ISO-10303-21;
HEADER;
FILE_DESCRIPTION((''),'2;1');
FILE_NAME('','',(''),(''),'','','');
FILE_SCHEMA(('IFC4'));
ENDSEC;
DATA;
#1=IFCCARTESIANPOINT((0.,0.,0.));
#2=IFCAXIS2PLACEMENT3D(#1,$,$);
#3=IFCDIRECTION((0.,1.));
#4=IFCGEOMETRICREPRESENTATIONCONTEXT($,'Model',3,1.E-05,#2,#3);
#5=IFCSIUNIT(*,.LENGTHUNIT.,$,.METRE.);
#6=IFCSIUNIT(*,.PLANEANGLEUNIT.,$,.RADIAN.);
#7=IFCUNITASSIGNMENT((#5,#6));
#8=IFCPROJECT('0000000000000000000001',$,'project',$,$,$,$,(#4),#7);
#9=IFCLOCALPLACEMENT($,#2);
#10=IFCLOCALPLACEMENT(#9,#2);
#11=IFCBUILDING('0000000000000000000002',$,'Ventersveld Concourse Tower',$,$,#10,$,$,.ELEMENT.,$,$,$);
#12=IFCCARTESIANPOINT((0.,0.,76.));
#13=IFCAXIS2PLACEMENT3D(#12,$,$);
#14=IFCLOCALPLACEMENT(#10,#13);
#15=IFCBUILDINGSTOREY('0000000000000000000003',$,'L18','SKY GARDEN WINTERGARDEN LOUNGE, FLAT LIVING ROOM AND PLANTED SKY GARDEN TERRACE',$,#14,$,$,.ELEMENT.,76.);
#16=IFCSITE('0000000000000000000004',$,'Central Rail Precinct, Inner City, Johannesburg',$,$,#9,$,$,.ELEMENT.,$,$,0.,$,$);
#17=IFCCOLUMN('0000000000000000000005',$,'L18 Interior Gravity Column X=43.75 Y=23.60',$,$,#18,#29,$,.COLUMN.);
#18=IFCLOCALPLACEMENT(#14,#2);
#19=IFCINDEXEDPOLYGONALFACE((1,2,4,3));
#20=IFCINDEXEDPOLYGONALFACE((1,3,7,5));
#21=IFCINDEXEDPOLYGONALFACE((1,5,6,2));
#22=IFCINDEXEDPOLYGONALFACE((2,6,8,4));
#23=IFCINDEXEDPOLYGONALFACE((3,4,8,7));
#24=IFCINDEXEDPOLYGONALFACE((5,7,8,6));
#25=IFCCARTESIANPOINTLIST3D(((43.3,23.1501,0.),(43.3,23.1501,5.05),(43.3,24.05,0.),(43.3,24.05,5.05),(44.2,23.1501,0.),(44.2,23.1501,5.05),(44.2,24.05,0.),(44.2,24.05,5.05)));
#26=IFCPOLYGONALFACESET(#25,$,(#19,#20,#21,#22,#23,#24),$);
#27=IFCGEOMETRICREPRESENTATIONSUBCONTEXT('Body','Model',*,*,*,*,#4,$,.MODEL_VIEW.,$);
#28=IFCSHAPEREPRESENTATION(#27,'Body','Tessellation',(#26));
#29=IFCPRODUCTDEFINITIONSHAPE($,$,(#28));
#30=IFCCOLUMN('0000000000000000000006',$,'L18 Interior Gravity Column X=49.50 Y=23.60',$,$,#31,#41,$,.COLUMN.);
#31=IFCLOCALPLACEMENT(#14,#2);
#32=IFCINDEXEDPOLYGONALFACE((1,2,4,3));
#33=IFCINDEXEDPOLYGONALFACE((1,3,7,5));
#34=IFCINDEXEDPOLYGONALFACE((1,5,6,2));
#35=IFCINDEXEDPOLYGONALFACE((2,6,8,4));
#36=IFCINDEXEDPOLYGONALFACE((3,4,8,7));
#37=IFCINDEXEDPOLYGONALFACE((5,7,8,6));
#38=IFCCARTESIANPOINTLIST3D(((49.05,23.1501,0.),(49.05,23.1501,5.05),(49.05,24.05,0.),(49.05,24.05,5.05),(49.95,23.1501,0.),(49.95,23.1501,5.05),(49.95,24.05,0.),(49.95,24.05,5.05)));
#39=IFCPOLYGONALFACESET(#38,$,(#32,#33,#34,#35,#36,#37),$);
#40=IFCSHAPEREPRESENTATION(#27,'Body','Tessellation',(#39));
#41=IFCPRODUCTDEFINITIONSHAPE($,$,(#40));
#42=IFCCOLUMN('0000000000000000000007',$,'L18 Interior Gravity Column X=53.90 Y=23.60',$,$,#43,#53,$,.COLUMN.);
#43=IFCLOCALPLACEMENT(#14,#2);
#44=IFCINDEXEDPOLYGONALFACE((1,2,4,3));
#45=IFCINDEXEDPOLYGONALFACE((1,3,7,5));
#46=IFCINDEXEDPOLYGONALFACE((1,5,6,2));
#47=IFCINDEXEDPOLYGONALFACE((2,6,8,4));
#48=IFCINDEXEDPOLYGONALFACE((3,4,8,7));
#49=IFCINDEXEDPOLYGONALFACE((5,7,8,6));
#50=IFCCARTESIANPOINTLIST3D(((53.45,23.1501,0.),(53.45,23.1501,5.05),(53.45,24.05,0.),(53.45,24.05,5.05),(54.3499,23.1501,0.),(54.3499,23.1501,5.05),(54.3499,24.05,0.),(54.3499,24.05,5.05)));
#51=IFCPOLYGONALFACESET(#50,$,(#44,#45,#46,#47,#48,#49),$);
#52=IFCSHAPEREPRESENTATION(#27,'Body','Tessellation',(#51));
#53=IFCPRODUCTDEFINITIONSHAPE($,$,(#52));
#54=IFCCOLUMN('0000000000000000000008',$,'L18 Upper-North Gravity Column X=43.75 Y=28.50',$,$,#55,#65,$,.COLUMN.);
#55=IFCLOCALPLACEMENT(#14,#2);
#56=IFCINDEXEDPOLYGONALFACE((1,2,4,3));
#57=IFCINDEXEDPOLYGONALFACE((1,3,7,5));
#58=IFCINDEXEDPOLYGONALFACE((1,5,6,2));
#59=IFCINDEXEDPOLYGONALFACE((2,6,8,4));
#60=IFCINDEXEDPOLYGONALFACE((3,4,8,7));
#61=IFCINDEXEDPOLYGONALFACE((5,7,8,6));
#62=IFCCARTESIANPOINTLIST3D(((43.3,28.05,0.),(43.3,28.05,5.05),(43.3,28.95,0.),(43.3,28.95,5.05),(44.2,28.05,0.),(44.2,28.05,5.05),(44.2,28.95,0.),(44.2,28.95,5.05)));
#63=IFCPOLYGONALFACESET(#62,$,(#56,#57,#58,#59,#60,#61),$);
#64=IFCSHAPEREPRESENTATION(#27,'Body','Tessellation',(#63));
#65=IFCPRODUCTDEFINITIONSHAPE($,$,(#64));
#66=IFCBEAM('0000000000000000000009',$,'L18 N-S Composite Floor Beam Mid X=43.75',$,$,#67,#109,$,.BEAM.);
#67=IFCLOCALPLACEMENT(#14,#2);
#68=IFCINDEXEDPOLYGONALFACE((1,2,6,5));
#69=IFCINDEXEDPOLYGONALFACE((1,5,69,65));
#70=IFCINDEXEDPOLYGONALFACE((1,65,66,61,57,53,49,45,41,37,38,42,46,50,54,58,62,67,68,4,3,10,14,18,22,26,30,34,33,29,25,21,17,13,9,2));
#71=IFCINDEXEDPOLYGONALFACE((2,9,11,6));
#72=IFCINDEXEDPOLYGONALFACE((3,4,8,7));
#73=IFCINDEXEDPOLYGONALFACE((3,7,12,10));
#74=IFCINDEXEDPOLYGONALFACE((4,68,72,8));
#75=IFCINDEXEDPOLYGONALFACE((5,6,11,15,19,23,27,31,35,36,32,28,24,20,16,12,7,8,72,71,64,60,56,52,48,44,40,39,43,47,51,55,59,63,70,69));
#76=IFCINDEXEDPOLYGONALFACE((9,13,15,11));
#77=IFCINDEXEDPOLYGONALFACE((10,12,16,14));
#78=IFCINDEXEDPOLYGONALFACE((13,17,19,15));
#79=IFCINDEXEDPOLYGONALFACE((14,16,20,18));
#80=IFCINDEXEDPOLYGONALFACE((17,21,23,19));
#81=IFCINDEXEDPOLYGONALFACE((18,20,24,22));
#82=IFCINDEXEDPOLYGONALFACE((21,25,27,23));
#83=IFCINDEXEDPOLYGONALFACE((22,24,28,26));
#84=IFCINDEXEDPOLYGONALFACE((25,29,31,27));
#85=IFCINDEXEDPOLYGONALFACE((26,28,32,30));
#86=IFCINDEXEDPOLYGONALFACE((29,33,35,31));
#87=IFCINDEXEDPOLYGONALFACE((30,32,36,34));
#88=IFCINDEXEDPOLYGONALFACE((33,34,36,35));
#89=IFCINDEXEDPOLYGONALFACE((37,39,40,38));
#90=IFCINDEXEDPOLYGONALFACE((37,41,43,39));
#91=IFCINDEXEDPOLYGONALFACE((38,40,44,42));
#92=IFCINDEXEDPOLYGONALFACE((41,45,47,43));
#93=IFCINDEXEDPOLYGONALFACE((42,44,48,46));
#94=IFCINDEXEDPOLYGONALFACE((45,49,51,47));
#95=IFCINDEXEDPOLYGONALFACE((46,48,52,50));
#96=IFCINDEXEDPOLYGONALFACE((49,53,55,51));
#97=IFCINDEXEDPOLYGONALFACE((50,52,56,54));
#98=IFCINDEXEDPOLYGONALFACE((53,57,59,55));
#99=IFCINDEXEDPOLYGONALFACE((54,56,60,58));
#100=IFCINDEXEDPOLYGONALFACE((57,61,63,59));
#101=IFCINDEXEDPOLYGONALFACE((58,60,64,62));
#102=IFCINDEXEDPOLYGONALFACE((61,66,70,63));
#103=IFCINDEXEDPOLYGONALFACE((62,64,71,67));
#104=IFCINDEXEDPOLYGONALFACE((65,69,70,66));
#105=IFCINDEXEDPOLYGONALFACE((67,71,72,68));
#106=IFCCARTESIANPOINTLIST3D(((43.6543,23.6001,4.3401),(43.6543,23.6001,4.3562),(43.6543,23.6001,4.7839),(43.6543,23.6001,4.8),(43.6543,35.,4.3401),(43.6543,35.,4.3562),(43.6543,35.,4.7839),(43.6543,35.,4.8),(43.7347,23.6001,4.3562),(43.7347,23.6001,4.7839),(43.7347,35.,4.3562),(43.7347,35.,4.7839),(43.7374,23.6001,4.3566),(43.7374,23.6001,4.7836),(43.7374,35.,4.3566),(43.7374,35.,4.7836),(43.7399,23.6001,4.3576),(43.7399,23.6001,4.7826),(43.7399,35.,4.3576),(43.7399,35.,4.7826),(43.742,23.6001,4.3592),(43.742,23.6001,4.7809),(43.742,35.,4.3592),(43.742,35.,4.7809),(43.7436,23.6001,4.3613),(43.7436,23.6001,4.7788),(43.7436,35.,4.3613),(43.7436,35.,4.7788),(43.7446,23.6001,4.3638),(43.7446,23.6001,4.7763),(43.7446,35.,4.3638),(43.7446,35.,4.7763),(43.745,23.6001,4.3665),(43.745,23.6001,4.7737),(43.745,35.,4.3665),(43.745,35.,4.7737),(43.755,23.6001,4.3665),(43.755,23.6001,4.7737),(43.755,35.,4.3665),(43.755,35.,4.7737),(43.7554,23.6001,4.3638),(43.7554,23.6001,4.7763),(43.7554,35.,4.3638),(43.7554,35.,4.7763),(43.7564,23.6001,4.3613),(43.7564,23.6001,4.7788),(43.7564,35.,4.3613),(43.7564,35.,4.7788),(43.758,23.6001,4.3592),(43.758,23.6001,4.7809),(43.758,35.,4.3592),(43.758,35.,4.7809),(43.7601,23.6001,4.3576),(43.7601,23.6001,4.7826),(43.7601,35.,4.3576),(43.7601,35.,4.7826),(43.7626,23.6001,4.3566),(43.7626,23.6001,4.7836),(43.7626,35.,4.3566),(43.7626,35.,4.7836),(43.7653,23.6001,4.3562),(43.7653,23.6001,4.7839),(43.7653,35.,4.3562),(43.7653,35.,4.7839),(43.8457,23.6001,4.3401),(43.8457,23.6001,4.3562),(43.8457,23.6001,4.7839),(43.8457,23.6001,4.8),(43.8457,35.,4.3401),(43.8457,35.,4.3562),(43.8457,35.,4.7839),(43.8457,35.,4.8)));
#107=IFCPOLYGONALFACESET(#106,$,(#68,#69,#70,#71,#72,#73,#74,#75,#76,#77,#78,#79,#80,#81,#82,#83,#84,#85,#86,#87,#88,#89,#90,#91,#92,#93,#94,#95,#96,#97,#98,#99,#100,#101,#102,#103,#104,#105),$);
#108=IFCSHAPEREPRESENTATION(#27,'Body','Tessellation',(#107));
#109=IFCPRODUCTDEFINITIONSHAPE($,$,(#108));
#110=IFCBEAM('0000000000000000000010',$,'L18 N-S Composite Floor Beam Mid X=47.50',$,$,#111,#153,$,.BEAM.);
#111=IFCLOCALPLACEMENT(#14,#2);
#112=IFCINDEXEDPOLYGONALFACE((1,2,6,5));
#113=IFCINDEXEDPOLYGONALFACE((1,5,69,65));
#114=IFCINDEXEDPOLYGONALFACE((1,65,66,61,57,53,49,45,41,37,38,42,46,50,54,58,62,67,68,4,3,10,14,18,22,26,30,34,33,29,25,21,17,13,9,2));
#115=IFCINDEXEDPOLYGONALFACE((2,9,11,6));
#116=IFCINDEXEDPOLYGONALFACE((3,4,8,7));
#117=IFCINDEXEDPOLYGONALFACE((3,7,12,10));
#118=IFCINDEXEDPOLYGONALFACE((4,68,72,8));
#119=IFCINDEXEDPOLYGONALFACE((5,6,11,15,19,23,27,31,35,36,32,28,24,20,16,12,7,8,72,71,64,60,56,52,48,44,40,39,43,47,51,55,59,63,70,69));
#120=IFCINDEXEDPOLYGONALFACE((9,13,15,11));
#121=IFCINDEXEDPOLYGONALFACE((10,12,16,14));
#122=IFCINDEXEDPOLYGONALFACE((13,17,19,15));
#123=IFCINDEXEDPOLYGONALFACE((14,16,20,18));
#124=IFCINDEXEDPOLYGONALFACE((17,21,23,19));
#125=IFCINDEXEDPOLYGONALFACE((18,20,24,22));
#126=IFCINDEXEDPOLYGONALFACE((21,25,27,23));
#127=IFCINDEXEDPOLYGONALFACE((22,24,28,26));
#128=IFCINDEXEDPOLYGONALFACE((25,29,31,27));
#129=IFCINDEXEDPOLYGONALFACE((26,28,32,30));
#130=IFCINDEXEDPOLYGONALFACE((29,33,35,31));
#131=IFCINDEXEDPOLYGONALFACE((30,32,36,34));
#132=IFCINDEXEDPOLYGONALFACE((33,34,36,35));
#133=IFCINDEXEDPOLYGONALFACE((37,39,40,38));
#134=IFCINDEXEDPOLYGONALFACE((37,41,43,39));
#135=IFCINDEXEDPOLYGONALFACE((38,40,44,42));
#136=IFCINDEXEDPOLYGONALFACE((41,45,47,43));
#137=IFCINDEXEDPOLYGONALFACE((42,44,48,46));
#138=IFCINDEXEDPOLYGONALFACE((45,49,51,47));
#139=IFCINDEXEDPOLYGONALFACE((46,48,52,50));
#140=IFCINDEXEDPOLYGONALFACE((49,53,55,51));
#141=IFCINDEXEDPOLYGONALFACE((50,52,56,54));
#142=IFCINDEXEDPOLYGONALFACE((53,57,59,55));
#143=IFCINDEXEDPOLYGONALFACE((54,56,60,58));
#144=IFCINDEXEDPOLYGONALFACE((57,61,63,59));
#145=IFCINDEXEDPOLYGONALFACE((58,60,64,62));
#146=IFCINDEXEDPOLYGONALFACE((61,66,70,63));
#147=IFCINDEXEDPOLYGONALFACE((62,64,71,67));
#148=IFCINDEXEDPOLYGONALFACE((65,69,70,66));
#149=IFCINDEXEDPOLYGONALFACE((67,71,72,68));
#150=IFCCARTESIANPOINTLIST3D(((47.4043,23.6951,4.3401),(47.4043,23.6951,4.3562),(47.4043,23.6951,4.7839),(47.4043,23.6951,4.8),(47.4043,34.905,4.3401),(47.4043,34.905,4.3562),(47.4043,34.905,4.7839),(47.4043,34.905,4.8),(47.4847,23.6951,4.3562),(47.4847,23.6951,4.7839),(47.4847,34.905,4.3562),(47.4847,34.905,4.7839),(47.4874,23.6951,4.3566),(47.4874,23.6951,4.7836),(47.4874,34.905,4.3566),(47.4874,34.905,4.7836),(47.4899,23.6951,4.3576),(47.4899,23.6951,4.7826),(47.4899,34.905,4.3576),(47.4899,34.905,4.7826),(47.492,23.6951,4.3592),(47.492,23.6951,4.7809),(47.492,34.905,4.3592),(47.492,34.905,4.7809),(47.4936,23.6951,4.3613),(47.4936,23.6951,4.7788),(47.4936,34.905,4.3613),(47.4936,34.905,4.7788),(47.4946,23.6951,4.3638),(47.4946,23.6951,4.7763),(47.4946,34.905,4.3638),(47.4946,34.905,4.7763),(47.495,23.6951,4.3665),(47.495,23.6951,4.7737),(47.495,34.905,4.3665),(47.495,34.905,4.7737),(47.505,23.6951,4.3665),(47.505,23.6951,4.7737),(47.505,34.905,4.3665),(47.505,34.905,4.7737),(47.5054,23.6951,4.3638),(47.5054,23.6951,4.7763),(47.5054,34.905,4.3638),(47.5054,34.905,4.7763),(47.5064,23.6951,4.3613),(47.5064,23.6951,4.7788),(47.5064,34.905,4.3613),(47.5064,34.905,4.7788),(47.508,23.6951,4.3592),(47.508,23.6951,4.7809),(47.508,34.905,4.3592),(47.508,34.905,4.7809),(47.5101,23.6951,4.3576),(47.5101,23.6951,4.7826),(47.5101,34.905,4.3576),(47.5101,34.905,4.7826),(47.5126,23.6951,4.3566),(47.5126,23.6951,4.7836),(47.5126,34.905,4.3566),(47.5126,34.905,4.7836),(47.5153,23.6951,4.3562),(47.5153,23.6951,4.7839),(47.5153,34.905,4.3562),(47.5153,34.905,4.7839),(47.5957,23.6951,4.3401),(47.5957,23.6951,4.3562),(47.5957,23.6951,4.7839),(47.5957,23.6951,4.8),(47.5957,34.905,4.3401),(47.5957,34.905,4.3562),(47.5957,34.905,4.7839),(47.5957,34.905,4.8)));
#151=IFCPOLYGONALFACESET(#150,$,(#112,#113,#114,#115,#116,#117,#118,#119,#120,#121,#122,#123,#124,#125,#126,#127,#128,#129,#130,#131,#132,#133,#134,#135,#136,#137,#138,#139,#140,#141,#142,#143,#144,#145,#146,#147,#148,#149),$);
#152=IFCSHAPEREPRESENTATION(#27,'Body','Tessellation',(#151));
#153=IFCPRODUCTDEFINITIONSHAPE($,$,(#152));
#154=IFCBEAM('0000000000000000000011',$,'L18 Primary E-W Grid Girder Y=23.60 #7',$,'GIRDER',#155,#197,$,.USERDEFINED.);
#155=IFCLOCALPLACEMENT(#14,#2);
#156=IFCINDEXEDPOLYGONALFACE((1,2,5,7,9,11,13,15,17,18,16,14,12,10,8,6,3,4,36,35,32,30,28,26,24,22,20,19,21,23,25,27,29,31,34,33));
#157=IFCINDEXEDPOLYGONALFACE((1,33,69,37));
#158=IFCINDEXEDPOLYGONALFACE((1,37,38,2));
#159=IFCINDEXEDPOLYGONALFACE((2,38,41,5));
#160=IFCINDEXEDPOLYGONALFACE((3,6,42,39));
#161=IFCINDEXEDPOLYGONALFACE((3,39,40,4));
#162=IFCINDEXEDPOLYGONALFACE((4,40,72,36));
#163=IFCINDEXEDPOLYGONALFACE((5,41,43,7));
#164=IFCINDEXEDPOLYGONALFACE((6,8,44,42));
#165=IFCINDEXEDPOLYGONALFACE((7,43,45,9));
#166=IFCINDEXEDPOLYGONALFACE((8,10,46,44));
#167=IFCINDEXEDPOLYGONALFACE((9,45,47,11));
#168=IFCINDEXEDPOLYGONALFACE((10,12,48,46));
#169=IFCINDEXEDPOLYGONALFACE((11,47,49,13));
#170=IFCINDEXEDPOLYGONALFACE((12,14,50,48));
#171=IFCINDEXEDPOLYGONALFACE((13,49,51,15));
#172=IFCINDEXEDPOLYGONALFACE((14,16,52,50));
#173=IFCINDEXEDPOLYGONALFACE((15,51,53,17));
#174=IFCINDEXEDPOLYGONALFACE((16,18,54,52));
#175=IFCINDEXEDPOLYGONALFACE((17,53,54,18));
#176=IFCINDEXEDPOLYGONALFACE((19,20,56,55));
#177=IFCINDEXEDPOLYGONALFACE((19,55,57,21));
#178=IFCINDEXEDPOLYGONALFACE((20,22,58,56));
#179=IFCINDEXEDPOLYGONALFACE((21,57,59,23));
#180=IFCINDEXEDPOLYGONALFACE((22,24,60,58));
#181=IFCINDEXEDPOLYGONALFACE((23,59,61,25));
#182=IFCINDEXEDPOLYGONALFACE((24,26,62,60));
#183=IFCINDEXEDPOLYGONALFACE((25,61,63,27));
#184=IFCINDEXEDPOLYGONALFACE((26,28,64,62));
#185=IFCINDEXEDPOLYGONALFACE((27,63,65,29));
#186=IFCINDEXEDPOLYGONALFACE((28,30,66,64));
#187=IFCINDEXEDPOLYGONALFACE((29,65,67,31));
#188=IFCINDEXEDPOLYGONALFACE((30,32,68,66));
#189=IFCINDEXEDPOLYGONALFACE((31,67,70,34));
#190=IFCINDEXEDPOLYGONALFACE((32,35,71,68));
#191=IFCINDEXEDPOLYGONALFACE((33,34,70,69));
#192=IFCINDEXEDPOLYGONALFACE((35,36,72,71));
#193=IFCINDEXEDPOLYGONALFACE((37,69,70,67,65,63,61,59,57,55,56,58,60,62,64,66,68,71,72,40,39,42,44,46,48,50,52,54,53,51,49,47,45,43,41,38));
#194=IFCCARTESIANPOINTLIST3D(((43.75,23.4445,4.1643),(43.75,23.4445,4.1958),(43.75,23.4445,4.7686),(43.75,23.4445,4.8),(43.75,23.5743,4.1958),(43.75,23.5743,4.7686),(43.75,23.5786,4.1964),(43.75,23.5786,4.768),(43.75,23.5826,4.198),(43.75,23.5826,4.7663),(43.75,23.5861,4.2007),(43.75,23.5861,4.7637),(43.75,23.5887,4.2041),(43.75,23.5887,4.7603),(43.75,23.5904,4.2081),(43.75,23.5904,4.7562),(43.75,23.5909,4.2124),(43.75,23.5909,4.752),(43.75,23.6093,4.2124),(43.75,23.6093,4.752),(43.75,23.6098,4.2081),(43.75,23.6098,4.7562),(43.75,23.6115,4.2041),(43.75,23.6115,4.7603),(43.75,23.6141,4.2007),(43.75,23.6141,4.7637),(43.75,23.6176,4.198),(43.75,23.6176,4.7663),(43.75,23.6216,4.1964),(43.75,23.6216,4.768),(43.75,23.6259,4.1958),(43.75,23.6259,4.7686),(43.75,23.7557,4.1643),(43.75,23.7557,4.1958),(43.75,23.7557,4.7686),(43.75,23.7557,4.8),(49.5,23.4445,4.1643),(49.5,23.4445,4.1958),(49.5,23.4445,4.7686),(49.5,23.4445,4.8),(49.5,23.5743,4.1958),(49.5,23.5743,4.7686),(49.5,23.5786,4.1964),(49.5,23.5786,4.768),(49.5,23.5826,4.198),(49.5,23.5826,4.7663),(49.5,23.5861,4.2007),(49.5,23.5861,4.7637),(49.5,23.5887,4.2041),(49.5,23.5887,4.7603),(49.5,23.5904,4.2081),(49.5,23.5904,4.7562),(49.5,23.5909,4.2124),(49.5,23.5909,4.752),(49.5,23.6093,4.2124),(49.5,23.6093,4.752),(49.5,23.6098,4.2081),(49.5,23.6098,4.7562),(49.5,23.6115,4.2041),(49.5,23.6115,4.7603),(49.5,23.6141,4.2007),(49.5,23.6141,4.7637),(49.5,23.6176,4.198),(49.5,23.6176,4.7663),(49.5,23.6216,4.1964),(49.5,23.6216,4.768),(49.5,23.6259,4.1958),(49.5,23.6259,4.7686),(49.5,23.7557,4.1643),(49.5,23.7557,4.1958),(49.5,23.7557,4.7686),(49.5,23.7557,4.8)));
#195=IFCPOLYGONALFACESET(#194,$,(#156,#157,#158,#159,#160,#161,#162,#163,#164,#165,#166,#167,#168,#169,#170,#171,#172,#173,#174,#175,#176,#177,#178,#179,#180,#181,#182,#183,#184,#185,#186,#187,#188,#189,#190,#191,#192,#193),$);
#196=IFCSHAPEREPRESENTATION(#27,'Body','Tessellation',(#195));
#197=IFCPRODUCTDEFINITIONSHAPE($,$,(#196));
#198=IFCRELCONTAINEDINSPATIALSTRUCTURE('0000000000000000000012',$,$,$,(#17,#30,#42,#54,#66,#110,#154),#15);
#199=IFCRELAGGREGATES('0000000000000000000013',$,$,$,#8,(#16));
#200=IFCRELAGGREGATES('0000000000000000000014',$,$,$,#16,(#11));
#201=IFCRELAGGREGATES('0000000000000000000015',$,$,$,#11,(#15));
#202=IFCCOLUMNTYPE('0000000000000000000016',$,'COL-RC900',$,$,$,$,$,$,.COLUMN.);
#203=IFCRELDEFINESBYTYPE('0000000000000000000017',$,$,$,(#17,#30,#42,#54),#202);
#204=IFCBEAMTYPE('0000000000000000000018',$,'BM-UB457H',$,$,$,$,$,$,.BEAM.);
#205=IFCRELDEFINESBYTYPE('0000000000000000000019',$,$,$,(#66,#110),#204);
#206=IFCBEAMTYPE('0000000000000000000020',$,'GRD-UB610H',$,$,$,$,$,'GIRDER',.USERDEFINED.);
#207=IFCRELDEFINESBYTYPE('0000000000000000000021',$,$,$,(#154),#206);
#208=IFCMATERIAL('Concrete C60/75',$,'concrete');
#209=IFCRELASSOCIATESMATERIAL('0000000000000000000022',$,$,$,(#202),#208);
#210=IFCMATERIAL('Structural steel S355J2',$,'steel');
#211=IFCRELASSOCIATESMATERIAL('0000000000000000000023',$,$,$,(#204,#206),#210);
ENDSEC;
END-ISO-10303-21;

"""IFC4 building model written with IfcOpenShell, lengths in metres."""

from ifc_helpers import new_model, si_unit, direction, frame, origin, origin_2d, place, context, subcontext, project, spatial, rectangle, i_section, extrude, material, material_profile, profile_set, type_object, element, save


model = new_model("IFC4")

# Units and contexts
model_context = context("Model", 3, precision=1e-05, world=origin(), true_north=direction((0.0, 1.0)))
body_context = subcontext(model_context, "Body", "Model", "MODEL_VIEW")
ifc_project = project(units=[si_unit("LENGTHUNIT", "METRE"), si_unit("PLANEANGLEUNIT", "RADIAN")], contexts=[model_context])

# Site, building, storey
site_placement = place(None, origin())
site = spatial("IfcSite", under=ifc_project, at=site_placement, Name="Central Rail Precinct, Inner City, Johannesburg", CompositionType="ELEMENT", RefElevation=0.0)
building_placement = place(site_placement, origin())
building = spatial("IfcBuilding", under=site, at=building_placement, Name="Ventersveld Concourse Tower", CompositionType="ELEMENT")
storey_placement = place(building_placement, frame((0.0, 0.0, 76.0)))
storey = spatial("IfcBuildingStorey", under=building, at=storey_placement, Name="L18", Description="SKY GARDEN WINTERGARDEN LOUNGE, FLAT LIVING ROOM AND PLANTED SKY GARDEN TERRACE", CompositionType="ELEMENT", Elevation=76.0)

# Columns
ifc_material_1 = material(Name="Concrete C60/75", Category="concrete")
ifc_material_profile_1 = material_profile(ifc_material_1, rectangle(XDim=0.8999, YDim=0.8999, at=origin_2d()), Name="RC 900x900")
ifc_profile_set_1 = profile_set([ifc_material_profile_1], Name="Concrete C60/75")
column_type = type_object("IfcColumnType", Name="COL-RC900", PredefinedType="COLUMN", material=ifc_profile_set_1)
for number, where, z_axis, x_axis, name in (
    (1, (43.75, 23.6001, 0.0), (0.0, 0.0, 1.0), (1.0, 0.0, 0.0), "L18 Interior Gravity Column X=43.75 Y=23.60"),
    (2, (49.5, 23.6001, 0.0), (0.0, 0.0, 1.0), (1.0, 0.0, 0.0), "L18 Interior Gravity Column X=49.50 Y=23.60"),
    (3, (53.8999, 23.6001, 0.0), (0.0, 0.0, 1.0), (1.0, 0.0, 0.0), "L18 Interior Gravity Column X=53.90 Y=23.60"),
    (4, (43.75, 28.5, 0.0), (0.0, 0.0, 1.0), (1.0, 0.0, 0.0), "L18 Upper-North Gravity Column X=43.75 Y=28.50"),
):
    element("IfcColumn", number, at=place(storey_placement, frame(where, z_axis=z_axis, x_axis=x_axis)), inside=storey, type_object=column_type, Name=name, PredefinedType="COLUMN", context=body_context, shape_type="SweptSolid", body=[
        extrude(rectangle(XDim=0.8999, YDim=0.8999, at=origin_2d()), origin(), (0.0, 0.0, 1.0), 5.05),
    ])

# Beams
ifc_material_2 = material(Name="Structural steel S355J2", Category="steel")
ifc_material_profile_2 = material_profile(ifc_material_2, i_section(OverallWidth=0.1914, OverallDepth=0.46, WebThickness=0.01, FlangeThickness=0.0161, FilletRadius=0.0103, at=origin_2d()), Name="UB 457x191x82")
ifc_profile_set_2 = profile_set([ifc_material_profile_2], Name="Structural steel S355J2")
beam_type_1 = type_object("IfcBeamType", Name="BM-UB457H", PredefinedType="BEAM", material=ifc_profile_set_2)
beam_1_placement = place(storey_placement, frame((43.75, 23.6001, 4.5701), z_axis=(0.0, 1.0, 0.0), x_axis=(-1.0, 0.0, 0.0)))
element("IfcBeam", 5, at=beam_1_placement, inside=storey, type_object=beam_type_1, Name="L18 N-S Composite Floor Beam Mid X=43.75", PredefinedType="BEAM", context=body_context, shape_type="SweptSolid", body=[
    extrude(i_section(OverallWidth=0.1914, OverallDepth=0.46, WebThickness=0.01, FlangeThickness=0.0161, FilletRadius=0.0103, at=origin_2d()), origin(), (0.0, 0.0, 1.0), 11.3999),
])
beam_2_placement = place(storey_placement, frame((47.5, 23.6951, 4.5701), z_axis=(0.0, 1.0, 0.0), x_axis=(-1.0, 0.0, 0.0)))
element("IfcBeam", 6, at=beam_2_placement, inside=storey, type_object=beam_type_1, Name="L18 N-S Composite Floor Beam Mid X=47.50", PredefinedType="BEAM", context=body_context, shape_type="SweptSolid", body=[
    extrude(i_section(OverallWidth=0.1914, OverallDepth=0.46, WebThickness=0.01, FlangeThickness=0.0161, FilletRadius=0.0103, at=origin_2d()), origin(), (0.0, 0.0, 1.0), 11.21),
])
ifc_material_profile_3 = material_profile(ifc_material_2, i_section(OverallWidth=0.3113, OverallDepth=0.6357, WebThickness=0.0183, FlangeThickness=0.0315, FilletRadius=0.0166, at=origin_2d()), Name="UB 610x305x238")
ifc_profile_set_3 = profile_set([ifc_material_profile_3], Name="Structural steel S355J2")
beam_type_2 = type_object("IfcBeamType", Name="GRD-UB610H", ElementType="GIRDER", PredefinedType="USERDEFINED", material=ifc_profile_set_3)
beam_3_placement = place(storey_placement, frame((43.75, 23.6001, 4.4822), z_axis=(1.0, 0.0, 0.0), x_axis=(0.0, 1.0, 0.0)))
element("IfcBeam", 7, at=beam_3_placement, inside=storey, type_object=beam_type_2, Name="L18 Primary E-W Grid Girder Y=23.60 #7", ObjectType="GIRDER", PredefinedType="USERDEFINED", context=body_context, shape_type="SweptSolid", body=[
    extrude(i_section(OverallWidth=0.3113, OverallDepth=0.6357, WebThickness=0.0183, FlangeThickness=0.0315, FilletRadius=0.0166, at=origin_2d()), origin(), (0.0, 0.0, 1.0), 5.75),
])

save(model, "model.ifc")
